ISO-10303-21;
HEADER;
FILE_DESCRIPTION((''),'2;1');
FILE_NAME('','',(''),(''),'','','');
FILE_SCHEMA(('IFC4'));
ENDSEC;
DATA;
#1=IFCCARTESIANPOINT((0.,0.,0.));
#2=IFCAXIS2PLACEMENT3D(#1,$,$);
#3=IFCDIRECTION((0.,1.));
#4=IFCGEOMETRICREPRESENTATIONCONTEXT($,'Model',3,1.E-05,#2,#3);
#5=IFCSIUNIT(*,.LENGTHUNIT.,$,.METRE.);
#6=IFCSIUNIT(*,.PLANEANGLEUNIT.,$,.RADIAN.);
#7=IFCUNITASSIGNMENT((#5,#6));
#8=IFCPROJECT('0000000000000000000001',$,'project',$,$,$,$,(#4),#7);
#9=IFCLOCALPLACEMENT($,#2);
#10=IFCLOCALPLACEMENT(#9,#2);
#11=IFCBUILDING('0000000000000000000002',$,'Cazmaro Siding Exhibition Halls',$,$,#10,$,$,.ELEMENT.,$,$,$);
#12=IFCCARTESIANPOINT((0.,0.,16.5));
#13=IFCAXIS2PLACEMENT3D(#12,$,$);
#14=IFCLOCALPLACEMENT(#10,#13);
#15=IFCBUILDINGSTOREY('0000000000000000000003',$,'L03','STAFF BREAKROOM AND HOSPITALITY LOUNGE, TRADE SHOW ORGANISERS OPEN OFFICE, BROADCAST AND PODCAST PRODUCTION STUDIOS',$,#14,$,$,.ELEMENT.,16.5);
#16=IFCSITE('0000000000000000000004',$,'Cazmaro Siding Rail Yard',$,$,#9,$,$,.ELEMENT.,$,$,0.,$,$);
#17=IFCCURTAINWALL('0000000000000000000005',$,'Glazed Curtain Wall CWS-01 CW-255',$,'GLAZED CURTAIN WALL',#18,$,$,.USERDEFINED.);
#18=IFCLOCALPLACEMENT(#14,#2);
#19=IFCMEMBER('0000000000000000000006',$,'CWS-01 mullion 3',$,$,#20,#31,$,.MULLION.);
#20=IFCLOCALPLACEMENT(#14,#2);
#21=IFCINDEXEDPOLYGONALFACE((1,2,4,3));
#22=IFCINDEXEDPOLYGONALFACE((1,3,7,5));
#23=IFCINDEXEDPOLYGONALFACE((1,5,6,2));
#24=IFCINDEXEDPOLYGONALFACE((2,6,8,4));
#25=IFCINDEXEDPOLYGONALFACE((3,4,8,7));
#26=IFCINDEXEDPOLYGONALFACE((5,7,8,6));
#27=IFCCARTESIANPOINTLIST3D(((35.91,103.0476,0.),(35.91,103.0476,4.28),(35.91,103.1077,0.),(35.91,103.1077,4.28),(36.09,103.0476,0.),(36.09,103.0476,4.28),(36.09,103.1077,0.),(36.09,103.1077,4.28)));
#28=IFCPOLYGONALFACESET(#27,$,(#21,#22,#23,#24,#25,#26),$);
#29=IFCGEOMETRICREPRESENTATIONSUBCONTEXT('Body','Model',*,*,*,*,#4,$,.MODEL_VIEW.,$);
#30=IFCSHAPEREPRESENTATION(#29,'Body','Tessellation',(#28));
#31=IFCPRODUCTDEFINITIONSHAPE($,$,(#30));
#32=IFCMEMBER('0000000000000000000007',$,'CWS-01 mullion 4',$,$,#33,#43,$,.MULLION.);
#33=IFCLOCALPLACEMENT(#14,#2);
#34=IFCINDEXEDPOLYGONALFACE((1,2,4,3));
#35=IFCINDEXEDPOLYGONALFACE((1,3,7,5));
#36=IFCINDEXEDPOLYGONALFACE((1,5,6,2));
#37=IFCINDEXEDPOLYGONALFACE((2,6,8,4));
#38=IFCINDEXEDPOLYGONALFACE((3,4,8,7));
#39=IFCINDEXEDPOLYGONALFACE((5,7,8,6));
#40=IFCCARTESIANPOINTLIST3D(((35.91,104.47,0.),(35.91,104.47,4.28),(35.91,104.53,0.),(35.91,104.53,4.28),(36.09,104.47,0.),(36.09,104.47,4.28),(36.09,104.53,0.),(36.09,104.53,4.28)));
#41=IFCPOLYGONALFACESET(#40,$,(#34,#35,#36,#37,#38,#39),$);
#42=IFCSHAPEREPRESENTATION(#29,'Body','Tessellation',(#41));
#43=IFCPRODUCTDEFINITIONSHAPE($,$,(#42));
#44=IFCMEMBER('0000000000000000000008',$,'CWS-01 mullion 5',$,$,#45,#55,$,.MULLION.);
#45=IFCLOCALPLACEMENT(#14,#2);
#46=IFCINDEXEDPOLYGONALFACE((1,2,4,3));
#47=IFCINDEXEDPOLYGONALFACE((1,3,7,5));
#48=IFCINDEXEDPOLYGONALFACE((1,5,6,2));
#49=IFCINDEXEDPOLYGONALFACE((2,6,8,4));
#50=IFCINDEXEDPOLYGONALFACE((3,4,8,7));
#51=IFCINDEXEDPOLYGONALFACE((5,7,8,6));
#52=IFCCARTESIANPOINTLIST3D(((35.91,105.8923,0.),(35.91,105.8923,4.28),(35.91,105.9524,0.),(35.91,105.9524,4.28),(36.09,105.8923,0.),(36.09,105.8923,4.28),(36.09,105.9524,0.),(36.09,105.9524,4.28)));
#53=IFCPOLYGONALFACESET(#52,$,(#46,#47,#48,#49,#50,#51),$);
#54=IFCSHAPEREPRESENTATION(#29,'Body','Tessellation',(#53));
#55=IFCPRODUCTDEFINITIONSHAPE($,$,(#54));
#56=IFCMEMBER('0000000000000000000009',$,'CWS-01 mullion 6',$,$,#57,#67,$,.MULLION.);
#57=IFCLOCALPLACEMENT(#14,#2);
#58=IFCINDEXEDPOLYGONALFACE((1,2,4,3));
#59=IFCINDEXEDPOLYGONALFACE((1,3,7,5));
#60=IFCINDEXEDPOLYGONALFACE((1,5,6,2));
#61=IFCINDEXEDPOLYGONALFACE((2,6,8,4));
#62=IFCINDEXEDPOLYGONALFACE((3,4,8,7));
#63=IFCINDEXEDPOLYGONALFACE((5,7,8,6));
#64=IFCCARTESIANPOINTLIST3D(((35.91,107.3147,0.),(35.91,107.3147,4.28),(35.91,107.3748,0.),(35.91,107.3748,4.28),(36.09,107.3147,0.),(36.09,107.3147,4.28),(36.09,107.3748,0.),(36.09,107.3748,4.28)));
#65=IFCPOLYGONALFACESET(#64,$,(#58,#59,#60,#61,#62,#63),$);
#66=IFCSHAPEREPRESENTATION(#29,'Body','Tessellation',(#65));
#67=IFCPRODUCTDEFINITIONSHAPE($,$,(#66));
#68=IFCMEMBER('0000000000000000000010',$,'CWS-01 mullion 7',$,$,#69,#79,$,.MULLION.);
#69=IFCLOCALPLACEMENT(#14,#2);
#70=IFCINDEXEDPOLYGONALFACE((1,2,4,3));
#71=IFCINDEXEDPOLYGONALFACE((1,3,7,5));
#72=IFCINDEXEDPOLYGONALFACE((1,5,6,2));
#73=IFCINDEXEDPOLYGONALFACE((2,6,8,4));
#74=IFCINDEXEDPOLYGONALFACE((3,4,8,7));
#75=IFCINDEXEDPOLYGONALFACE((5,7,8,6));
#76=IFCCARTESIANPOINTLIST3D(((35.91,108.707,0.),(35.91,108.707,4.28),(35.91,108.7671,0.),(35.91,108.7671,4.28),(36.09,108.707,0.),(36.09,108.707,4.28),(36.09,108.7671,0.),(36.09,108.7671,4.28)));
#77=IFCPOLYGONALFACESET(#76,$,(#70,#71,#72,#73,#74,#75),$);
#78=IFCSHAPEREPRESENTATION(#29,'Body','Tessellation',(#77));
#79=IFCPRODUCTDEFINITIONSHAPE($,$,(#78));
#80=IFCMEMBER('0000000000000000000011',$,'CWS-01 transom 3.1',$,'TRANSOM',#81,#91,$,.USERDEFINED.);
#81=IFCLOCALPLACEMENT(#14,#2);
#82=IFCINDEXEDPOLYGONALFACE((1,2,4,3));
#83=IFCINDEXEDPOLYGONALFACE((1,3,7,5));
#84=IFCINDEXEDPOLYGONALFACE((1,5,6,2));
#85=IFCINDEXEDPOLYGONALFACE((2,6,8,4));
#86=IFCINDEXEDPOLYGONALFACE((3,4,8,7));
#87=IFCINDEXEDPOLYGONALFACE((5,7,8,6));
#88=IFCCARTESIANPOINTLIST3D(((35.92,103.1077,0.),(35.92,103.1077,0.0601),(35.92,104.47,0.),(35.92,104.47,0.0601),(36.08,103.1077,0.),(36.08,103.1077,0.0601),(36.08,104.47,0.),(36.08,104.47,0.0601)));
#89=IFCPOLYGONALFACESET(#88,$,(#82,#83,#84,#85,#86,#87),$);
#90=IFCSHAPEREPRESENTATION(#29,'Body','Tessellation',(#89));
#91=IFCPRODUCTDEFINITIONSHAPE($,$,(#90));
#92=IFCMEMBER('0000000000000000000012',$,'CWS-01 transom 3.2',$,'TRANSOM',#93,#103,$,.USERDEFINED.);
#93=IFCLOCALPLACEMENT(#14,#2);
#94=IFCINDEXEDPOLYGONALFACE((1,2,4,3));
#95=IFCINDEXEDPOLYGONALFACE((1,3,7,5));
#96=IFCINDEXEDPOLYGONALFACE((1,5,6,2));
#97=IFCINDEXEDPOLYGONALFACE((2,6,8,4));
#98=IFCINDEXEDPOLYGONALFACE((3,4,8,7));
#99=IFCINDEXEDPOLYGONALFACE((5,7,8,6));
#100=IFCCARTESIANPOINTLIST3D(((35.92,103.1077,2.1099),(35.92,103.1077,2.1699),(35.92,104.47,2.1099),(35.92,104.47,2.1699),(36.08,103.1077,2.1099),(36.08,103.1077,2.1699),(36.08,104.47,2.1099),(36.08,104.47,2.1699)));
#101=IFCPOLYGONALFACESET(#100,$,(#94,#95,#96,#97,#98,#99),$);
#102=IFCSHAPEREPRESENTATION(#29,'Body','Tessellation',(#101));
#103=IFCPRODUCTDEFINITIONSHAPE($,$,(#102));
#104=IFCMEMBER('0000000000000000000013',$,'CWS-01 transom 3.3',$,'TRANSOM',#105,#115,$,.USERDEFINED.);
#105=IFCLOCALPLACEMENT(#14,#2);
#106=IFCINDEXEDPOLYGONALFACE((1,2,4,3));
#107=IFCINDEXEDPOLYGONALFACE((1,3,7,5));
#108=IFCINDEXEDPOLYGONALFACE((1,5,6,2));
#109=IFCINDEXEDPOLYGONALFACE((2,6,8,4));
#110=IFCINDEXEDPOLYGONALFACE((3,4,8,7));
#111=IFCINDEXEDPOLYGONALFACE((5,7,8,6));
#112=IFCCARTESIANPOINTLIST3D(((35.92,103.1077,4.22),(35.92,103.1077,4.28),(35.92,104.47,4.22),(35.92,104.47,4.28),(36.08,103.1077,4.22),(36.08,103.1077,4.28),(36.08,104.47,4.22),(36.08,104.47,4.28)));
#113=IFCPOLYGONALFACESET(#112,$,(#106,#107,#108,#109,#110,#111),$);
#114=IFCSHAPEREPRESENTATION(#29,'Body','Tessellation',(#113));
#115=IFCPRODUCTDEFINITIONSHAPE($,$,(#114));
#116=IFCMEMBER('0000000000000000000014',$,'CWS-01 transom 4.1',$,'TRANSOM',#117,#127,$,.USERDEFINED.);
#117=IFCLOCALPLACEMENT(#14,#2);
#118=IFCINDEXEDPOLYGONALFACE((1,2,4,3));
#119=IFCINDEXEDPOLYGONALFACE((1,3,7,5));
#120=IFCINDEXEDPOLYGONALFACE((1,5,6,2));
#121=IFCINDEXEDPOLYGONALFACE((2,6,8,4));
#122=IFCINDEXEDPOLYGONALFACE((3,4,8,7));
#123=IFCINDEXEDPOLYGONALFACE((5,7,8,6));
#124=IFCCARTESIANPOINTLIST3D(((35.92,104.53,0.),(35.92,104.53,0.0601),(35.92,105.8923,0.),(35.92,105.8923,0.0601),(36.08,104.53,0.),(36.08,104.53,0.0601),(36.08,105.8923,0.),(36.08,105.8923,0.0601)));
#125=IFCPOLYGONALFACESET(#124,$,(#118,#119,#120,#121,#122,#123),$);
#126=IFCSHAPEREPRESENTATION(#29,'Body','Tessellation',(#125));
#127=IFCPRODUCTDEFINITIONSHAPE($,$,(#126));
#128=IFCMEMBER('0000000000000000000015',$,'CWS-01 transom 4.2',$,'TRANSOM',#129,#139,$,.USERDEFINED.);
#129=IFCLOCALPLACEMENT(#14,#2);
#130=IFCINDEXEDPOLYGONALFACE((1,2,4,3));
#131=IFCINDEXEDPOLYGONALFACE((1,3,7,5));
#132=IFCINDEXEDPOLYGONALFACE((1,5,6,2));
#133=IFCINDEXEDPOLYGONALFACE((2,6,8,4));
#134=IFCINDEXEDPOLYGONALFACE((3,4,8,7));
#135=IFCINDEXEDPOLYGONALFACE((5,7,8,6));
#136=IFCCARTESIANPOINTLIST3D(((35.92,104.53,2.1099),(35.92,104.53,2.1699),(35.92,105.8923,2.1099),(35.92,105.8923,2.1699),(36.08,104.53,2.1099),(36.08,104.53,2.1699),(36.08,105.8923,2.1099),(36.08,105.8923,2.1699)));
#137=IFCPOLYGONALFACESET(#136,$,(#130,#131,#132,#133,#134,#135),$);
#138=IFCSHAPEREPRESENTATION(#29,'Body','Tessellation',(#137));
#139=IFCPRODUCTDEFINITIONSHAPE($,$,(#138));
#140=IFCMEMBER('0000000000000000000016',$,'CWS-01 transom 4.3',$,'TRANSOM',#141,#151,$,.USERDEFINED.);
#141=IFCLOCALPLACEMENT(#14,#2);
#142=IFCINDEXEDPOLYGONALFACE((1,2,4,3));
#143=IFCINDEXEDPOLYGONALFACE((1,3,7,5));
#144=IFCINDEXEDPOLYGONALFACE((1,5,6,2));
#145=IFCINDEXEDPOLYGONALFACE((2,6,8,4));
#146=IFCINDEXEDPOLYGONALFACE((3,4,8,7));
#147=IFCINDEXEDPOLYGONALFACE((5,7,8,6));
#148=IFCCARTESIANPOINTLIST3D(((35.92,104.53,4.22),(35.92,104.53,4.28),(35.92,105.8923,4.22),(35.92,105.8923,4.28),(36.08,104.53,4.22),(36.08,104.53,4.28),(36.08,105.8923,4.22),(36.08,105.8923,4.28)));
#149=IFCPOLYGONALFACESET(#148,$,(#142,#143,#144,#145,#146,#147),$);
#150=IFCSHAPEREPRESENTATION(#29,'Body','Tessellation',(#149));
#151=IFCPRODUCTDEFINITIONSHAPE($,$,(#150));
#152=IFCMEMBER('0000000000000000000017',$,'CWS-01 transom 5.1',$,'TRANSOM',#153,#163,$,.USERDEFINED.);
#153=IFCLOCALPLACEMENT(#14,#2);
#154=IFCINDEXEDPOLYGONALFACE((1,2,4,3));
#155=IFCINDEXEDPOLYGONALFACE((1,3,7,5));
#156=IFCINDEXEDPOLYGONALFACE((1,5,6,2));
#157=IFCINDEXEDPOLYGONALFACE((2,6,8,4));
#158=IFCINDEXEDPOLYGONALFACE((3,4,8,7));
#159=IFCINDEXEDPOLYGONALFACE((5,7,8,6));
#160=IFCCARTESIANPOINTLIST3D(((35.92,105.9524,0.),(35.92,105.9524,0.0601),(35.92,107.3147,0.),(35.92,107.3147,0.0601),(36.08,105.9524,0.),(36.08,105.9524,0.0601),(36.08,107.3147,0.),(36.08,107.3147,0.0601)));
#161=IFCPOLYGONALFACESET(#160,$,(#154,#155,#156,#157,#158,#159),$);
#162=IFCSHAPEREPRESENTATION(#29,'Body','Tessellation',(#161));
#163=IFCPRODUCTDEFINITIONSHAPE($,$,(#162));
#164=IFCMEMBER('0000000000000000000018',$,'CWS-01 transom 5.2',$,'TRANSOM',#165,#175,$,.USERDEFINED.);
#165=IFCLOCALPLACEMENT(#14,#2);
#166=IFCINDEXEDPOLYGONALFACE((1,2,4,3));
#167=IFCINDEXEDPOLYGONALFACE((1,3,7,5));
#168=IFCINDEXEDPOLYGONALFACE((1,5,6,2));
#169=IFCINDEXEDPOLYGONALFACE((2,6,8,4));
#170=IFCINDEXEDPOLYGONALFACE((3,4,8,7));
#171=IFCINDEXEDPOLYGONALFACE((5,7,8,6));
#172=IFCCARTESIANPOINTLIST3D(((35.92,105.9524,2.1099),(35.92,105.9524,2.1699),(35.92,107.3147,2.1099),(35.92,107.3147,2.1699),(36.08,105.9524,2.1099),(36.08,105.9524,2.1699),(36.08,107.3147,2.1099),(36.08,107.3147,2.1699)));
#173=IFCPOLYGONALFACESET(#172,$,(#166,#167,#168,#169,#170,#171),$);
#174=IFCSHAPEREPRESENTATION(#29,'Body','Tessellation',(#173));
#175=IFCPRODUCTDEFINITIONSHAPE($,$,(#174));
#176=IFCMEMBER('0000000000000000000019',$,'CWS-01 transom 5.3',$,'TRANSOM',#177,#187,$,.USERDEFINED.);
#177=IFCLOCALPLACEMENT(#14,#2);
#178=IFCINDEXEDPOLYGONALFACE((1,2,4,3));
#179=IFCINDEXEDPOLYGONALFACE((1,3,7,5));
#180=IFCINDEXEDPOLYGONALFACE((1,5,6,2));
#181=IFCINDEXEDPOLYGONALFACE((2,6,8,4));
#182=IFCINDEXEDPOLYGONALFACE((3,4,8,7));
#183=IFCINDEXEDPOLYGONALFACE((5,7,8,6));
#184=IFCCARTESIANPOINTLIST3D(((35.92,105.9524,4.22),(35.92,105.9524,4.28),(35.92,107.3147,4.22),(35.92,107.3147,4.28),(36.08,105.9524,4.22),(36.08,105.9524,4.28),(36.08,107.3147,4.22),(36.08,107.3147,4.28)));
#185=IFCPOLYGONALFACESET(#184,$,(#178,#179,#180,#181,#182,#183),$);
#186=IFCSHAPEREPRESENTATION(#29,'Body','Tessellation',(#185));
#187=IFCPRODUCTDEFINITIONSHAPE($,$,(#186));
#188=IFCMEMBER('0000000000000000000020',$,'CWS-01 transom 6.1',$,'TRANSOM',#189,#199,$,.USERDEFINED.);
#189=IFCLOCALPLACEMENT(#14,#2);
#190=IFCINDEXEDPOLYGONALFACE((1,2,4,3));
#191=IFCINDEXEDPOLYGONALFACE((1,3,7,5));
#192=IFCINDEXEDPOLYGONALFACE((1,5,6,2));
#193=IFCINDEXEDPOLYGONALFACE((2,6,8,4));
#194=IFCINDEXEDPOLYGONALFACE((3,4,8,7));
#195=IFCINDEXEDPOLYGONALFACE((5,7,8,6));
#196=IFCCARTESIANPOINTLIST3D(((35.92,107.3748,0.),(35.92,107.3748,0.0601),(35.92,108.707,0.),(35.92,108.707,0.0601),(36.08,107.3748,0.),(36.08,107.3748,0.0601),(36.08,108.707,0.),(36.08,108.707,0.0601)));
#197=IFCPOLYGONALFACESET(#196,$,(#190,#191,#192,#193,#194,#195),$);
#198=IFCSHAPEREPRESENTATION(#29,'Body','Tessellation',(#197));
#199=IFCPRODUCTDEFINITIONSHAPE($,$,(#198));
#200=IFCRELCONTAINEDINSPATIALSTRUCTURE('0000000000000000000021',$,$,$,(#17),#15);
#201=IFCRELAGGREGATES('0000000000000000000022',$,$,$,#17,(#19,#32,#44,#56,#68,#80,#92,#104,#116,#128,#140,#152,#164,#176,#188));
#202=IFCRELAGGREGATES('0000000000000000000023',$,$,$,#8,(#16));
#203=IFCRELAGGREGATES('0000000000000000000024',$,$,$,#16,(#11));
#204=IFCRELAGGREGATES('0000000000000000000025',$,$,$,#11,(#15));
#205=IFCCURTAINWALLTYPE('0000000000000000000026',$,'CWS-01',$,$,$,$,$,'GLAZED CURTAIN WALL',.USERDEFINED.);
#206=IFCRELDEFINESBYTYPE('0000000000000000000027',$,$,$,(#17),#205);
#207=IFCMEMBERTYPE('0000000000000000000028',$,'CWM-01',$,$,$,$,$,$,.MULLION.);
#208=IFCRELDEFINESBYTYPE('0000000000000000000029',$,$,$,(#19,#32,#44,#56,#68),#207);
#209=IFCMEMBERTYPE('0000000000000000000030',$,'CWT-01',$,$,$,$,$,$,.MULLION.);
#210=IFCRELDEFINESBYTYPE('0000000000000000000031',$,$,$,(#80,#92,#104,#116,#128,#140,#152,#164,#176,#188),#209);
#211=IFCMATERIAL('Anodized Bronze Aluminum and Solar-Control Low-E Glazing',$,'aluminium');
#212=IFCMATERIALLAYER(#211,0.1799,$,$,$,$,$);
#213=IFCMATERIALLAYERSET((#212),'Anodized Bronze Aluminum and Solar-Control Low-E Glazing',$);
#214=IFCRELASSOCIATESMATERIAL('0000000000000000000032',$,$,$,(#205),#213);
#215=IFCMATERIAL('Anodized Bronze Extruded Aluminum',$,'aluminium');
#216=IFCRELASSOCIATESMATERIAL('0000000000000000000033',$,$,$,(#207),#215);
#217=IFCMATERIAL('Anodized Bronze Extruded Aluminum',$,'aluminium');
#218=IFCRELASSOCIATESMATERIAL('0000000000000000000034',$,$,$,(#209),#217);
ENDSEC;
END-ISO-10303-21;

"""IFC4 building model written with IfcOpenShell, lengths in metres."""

from ifc_helpers import new_model, si_unit, direction, frame, origin, origin_2d, place, context, subcontext, project, spatial, rectangle, extrude, material, layer, layer_set, material_profile, profile_set, type_object, element, aggregate, save


model = new_model("IFC4")

# Units and contexts
model_context = context("Model", 3, precision=1e-05, world=origin(), true_north=direction((0.0, 1.0)))
body_context = subcontext(model_context, "Body", "Model", "MODEL_VIEW")
ifc_project = project(units=[si_unit("LENGTHUNIT", "METRE"), si_unit("PLANEANGLEUNIT", "RADIAN")], contexts=[model_context])

# Site, building, storey
site_placement = place(None, origin())
site = spatial("IfcSite", under=ifc_project, at=site_placement, Name="Cazmaro Siding Rail Yard", CompositionType="ELEMENT", RefElevation=0.0)
building_placement = place(site_placement, origin())
building = spatial("IfcBuilding", under=site, at=building_placement, Name="Cazmaro Siding Exhibition Halls", CompositionType="ELEMENT")
storey_placement = place(building_placement, frame((0.0, 0.0, 16.5)))
storey = spatial("IfcBuildingStorey", under=building, at=storey_placement, Name="L03", Description="STAFF BREAKROOM AND HOSPITALITY LOUNGE, TRADE SHOW ORGANISERS OPEN OFFICE, BROADCAST AND PODCAST PRODUCTION STUDIOS", CompositionType="ELEMENT", Elevation=16.5)

# Curtain wall, members
ifc_material_1 = material(Name="Anodized Bronze Aluminum and Solar-Control Low-E Glazing", Category="aluminium")
ifc_layer_1 = layer(ifc_material_1, 0.1799)
ifc_layer_set_1 = layer_set([ifc_layer_1], Name="Anodized Bronze Aluminum and Solar-Control Low-E Glazing")
curtain_wall_type = type_object("IfcCurtainWallType", Name="CWS-01", ElementType="GLAZED CURTAIN WALL", PredefinedType="USERDEFINED", material=ifc_layer_set_1)
curtain_wall_placement = place(storey_placement, origin())
curtain_wall = element("IfcCurtainWall", 1, at=curtain_wall_placement, inside=storey, type_object=curtain_wall_type, Name="Glazed Curtain Wall CWS-01 CW-255", ObjectType="GLAZED CURTAIN WALL", PredefinedType="USERDEFINED")
ifc_material_2 = material(Name="Anodized Bronze Extruded Aluminum", Category="aluminium")
ifc_material_profile_1 = material_profile(ifc_material_2, rectangle(XDim=0.1799, YDim=0.0601, at=origin_2d()), Name="CWM-01")
ifc_profile_set_1 = profile_set([ifc_material_profile_1], Name="Anodized Bronze Extruded Aluminum")
member_type_1 = type_object("IfcMemberType", Name="CWM-01", PredefinedType="MULLION", material=ifc_profile_set_1)
member_1_placement = place(storey_placement, frame((36.0, 103.0776, 0.0), z_axis=(0.0, 0.0, 1.0), x_axis=(-1.0, 0.0, 0.0)))
member_1 = element("IfcMember", 2, at=member_1_placement, type_object=member_type_1, Name="CWS-01 mullion 3", PredefinedType="MULLION", context=body_context, shape_type="SweptSolid", body=[
    extrude(rectangle(XDim=0.1799, YDim=0.0601, at=origin_2d()), origin(), (0.0, 0.0, 1.0), 4.28),
])
member_2_placement = place(storey_placement, frame((36.0, 104.5, 0.0), z_axis=(0.0, 0.0, 1.0), x_axis=(-1.0, 0.0, 0.0)))
member_2 = element("IfcMember", 3, at=member_2_placement, type_object=member_type_1, Name="CWS-01 mullion 4", PredefinedType="MULLION", context=body_context, shape_type="SweptSolid", body=[
    extrude(rectangle(XDim=0.1799, YDim=0.0601, at=origin_2d()), origin(), (0.0, 0.0, 1.0), 4.28),
])
member_3_placement = place(storey_placement, frame((36.0, 105.9224, 0.0), z_axis=(0.0, 0.0, 1.0), x_axis=(-1.0, 0.0, 0.0)))
member_3 = element("IfcMember", 4, at=member_3_placement, type_object=member_type_1, Name="CWS-01 mullion 5", PredefinedType="MULLION", context=body_context, shape_type="SweptSolid", body=[
    extrude(rectangle(XDim=0.1799, YDim=0.0601, at=origin_2d()), origin(), (0.0, 0.0, 1.0), 4.28),
])
member_4_placement = place(storey_placement, frame((36.0, 107.3447, 0.0), z_axis=(0.0, 0.0, 1.0), x_axis=(-1.0, 0.0, 0.0)))
member_4 = element("IfcMember", 5, at=member_4_placement, type_object=member_type_1, Name="CWS-01 mullion 6", PredefinedType="MULLION", context=body_context, shape_type="SweptSolid", body=[
    extrude(rectangle(XDim=0.1799, YDim=0.0601, at=origin_2d()), origin(), (0.0, 0.0, 1.0), 4.28),
])
member_5_placement = place(storey_placement, frame((36.0, 108.7371, 0.0), z_axis=(0.0, 0.0, 1.0), x_axis=(-1.0, 0.0, 0.0)))
member_5 = element("IfcMember", 6, at=member_5_placement, type_object=member_type_1, Name="CWS-01 mullion 7", PredefinedType="MULLION", context=body_context, shape_type="SweptSolid", body=[
    extrude(rectangle(XDim=0.1799, YDim=0.0601, at=origin_2d()), origin(), (0.0, 0.0, 1.0), 4.28),
])
ifc_material_3 = material(Name="Anodized Bronze Extruded Aluminum", Category="aluminium")
ifc_material_profile_2 = material_profile(ifc_material_3, rectangle(XDim=0.1599, YDim=0.0601, at=origin_2d()), Name="CWT-01")
ifc_profile_set_2 = profile_set([ifc_material_profile_2], Name="Anodized Bronze Extruded Aluminum")
member_type_2 = type_object("IfcMemberType", Name="CWT-01", PredefinedType="MULLION", material=ifc_profile_set_2)
member_6_placement = place(storey_placement, frame((36.0, 103.1077, 0.03), z_axis=(0.0, 1.0, 0.0), x_axis=(-1.0, 0.0, 0.0)))
member_6 = element("IfcMember", 7, at=member_6_placement, type_object=member_type_2, Name="CWS-01 transom 3.1", ObjectType="TRANSOM", PredefinedType="USERDEFINED", context=body_context, shape_type="SweptSolid", body=[
    extrude(rectangle(XDim=0.1599, YDim=0.0601, at=origin_2d()), origin(), (0.0, 0.0, 1.0), 1.3623),
])
member_7_placement = place(storey_placement, frame((36.0, 103.1077, 2.1399), z_axis=(0.0, 1.0, 0.0), x_axis=(-1.0, 0.0, 0.0)))
member_7 = element("IfcMember", 8, at=member_7_placement, type_object=member_type_2, Name="CWS-01 transom 3.2", ObjectType="TRANSOM", PredefinedType="USERDEFINED", context=body_context, shape_type="SweptSolid", body=[
    extrude(rectangle(XDim=0.1599, YDim=0.0601, at=origin_2d()), origin(), (0.0, 0.0, 1.0), 1.3623),
])
member_8_placement = place(storey_placement, frame((36.0, 103.1077, 4.25), z_axis=(0.0, 1.0, 0.0), x_axis=(-1.0, 0.0, 0.0)))
member_8 = element("IfcMember", 9, at=member_8_placement, type_object=member_type_2, Name="CWS-01 transom 3.3", ObjectType="TRANSOM", PredefinedType="USERDEFINED", context=body_context, shape_type="SweptSolid", body=[
    extrude(rectangle(XDim=0.1599, YDim=0.0601, at=origin_2d()), origin(), (0.0, 0.0, 1.0), 1.3623),
])
member_9_placement = place(storey_placement, frame((36.0, 104.53, 0.03), z_axis=(0.0, 1.0, 0.0), x_axis=(-1.0, 0.0, 0.0)))
member_9 = element("IfcMember", 10, at=member_9_placement, type_object=member_type_2, Name="CWS-01 transom 4.1", ObjectType="TRANSOM", PredefinedType="USERDEFINED", context=body_context, shape_type="SweptSolid", body=[
    extrude(rectangle(XDim=0.1599, YDim=0.0601, at=origin_2d()), origin(), (0.0, 0.0, 1.0), 1.3623),
])
member_10_placement = place(storey_placement, frame((36.0, 104.53, 2.1399), z_axis=(0.0, 1.0, 0.0), x_axis=(-1.0, 0.0, 0.0)))
member_10 = element("IfcMember", 11, at=member_10_placement, type_object=member_type_2, Name="CWS-01 transom 4.2", ObjectType="TRANSOM", PredefinedType="USERDEFINED", context=body_context, shape_type="SweptSolid", body=[
    extrude(rectangle(XDim=0.1599, YDim=0.0601, at=origin_2d()), origin(), (0.0, 0.0, 1.0), 1.3623),
])
member_11_placement = place(storey_placement, frame((36.0, 104.53, 4.25), z_axis=(0.0, 1.0, 0.0), x_axis=(-1.0, 0.0, 0.0)))
member_11 = element("IfcMember", 12, at=member_11_placement, type_object=member_type_2, Name="CWS-01 transom 4.3", ObjectType="TRANSOM", PredefinedType="USERDEFINED", context=body_context, shape_type="SweptSolid", body=[
    extrude(rectangle(XDim=0.1599, YDim=0.0601, at=origin_2d()), origin(), (0.0, 0.0, 1.0), 1.3623),
])
member_12_placement = place(storey_placement, frame((36.0, 105.9524, 0.03), z_axis=(0.0, 1.0, 0.0), x_axis=(-1.0, 0.0, 0.0)))
member_12 = element("IfcMember", 13, at=member_12_placement, type_object=member_type_2, Name="CWS-01 transom 5.1", ObjectType="TRANSOM", PredefinedType="USERDEFINED", context=body_context, shape_type="SweptSolid", body=[
    extrude(rectangle(XDim=0.1599, YDim=0.0601, at=origin_2d()), origin(), (0.0, 0.0, 1.0), 1.3623),
])
member_13_placement = place(storey_placement, frame((36.0, 105.9524, 2.1399), z_axis=(0.0, 1.0, 0.0), x_axis=(-1.0, 0.0, 0.0)))
member_13 = element("IfcMember", 14, at=member_13_placement, type_object=member_type_2, Name="CWS-01 transom 5.2", ObjectType="TRANSOM", PredefinedType="USERDEFINED", context=body_context, shape_type="SweptSolid", body=[
    extrude(rectangle(XDim=0.1599, YDim=0.0601, at=origin_2d()), origin(), (0.0, 0.0, 1.0), 1.3623),
])
member_14_placement = place(storey_placement, frame((36.0, 105.9524, 4.25), z_axis=(0.0, 1.0, 0.0), x_axis=(-1.0, 0.0, 0.0)))
member_14 = element("IfcMember", 15, at=member_14_placement, type_object=member_type_2, Name="CWS-01 transom 5.3", ObjectType="TRANSOM", PredefinedType="USERDEFINED", context=body_context, shape_type="SweptSolid", body=[
    extrude(rectangle(XDim=0.1599, YDim=0.0601, at=origin_2d()), origin(), (0.0, 0.0, 1.0), 1.3623),
])
member_15_placement = place(storey_placement, frame((36.0, 107.3748, 0.03), z_axis=(0.0, 1.0, 0.0), x_axis=(-1.0, 0.0, 0.0)))
member_15 = element("IfcMember", 16, at=member_15_placement, type_object=member_type_2, Name="CWS-01 transom 6.1", ObjectType="TRANSOM", PredefinedType="USERDEFINED", context=body_context, shape_type="SweptSolid", body=[
    extrude(rectangle(XDim=0.1599, YDim=0.0601, at=origin_2d()), origin(), (0.0, 0.0, 1.0), 1.3323),
])

aggregate(curtain_wall, [member_1, member_2, member_3, member_4, member_5, member_6, member_7, member_8, member_9, member_10, member_11, member_12, member_13, member_14, member_15])

save(model, "model.ifc")
